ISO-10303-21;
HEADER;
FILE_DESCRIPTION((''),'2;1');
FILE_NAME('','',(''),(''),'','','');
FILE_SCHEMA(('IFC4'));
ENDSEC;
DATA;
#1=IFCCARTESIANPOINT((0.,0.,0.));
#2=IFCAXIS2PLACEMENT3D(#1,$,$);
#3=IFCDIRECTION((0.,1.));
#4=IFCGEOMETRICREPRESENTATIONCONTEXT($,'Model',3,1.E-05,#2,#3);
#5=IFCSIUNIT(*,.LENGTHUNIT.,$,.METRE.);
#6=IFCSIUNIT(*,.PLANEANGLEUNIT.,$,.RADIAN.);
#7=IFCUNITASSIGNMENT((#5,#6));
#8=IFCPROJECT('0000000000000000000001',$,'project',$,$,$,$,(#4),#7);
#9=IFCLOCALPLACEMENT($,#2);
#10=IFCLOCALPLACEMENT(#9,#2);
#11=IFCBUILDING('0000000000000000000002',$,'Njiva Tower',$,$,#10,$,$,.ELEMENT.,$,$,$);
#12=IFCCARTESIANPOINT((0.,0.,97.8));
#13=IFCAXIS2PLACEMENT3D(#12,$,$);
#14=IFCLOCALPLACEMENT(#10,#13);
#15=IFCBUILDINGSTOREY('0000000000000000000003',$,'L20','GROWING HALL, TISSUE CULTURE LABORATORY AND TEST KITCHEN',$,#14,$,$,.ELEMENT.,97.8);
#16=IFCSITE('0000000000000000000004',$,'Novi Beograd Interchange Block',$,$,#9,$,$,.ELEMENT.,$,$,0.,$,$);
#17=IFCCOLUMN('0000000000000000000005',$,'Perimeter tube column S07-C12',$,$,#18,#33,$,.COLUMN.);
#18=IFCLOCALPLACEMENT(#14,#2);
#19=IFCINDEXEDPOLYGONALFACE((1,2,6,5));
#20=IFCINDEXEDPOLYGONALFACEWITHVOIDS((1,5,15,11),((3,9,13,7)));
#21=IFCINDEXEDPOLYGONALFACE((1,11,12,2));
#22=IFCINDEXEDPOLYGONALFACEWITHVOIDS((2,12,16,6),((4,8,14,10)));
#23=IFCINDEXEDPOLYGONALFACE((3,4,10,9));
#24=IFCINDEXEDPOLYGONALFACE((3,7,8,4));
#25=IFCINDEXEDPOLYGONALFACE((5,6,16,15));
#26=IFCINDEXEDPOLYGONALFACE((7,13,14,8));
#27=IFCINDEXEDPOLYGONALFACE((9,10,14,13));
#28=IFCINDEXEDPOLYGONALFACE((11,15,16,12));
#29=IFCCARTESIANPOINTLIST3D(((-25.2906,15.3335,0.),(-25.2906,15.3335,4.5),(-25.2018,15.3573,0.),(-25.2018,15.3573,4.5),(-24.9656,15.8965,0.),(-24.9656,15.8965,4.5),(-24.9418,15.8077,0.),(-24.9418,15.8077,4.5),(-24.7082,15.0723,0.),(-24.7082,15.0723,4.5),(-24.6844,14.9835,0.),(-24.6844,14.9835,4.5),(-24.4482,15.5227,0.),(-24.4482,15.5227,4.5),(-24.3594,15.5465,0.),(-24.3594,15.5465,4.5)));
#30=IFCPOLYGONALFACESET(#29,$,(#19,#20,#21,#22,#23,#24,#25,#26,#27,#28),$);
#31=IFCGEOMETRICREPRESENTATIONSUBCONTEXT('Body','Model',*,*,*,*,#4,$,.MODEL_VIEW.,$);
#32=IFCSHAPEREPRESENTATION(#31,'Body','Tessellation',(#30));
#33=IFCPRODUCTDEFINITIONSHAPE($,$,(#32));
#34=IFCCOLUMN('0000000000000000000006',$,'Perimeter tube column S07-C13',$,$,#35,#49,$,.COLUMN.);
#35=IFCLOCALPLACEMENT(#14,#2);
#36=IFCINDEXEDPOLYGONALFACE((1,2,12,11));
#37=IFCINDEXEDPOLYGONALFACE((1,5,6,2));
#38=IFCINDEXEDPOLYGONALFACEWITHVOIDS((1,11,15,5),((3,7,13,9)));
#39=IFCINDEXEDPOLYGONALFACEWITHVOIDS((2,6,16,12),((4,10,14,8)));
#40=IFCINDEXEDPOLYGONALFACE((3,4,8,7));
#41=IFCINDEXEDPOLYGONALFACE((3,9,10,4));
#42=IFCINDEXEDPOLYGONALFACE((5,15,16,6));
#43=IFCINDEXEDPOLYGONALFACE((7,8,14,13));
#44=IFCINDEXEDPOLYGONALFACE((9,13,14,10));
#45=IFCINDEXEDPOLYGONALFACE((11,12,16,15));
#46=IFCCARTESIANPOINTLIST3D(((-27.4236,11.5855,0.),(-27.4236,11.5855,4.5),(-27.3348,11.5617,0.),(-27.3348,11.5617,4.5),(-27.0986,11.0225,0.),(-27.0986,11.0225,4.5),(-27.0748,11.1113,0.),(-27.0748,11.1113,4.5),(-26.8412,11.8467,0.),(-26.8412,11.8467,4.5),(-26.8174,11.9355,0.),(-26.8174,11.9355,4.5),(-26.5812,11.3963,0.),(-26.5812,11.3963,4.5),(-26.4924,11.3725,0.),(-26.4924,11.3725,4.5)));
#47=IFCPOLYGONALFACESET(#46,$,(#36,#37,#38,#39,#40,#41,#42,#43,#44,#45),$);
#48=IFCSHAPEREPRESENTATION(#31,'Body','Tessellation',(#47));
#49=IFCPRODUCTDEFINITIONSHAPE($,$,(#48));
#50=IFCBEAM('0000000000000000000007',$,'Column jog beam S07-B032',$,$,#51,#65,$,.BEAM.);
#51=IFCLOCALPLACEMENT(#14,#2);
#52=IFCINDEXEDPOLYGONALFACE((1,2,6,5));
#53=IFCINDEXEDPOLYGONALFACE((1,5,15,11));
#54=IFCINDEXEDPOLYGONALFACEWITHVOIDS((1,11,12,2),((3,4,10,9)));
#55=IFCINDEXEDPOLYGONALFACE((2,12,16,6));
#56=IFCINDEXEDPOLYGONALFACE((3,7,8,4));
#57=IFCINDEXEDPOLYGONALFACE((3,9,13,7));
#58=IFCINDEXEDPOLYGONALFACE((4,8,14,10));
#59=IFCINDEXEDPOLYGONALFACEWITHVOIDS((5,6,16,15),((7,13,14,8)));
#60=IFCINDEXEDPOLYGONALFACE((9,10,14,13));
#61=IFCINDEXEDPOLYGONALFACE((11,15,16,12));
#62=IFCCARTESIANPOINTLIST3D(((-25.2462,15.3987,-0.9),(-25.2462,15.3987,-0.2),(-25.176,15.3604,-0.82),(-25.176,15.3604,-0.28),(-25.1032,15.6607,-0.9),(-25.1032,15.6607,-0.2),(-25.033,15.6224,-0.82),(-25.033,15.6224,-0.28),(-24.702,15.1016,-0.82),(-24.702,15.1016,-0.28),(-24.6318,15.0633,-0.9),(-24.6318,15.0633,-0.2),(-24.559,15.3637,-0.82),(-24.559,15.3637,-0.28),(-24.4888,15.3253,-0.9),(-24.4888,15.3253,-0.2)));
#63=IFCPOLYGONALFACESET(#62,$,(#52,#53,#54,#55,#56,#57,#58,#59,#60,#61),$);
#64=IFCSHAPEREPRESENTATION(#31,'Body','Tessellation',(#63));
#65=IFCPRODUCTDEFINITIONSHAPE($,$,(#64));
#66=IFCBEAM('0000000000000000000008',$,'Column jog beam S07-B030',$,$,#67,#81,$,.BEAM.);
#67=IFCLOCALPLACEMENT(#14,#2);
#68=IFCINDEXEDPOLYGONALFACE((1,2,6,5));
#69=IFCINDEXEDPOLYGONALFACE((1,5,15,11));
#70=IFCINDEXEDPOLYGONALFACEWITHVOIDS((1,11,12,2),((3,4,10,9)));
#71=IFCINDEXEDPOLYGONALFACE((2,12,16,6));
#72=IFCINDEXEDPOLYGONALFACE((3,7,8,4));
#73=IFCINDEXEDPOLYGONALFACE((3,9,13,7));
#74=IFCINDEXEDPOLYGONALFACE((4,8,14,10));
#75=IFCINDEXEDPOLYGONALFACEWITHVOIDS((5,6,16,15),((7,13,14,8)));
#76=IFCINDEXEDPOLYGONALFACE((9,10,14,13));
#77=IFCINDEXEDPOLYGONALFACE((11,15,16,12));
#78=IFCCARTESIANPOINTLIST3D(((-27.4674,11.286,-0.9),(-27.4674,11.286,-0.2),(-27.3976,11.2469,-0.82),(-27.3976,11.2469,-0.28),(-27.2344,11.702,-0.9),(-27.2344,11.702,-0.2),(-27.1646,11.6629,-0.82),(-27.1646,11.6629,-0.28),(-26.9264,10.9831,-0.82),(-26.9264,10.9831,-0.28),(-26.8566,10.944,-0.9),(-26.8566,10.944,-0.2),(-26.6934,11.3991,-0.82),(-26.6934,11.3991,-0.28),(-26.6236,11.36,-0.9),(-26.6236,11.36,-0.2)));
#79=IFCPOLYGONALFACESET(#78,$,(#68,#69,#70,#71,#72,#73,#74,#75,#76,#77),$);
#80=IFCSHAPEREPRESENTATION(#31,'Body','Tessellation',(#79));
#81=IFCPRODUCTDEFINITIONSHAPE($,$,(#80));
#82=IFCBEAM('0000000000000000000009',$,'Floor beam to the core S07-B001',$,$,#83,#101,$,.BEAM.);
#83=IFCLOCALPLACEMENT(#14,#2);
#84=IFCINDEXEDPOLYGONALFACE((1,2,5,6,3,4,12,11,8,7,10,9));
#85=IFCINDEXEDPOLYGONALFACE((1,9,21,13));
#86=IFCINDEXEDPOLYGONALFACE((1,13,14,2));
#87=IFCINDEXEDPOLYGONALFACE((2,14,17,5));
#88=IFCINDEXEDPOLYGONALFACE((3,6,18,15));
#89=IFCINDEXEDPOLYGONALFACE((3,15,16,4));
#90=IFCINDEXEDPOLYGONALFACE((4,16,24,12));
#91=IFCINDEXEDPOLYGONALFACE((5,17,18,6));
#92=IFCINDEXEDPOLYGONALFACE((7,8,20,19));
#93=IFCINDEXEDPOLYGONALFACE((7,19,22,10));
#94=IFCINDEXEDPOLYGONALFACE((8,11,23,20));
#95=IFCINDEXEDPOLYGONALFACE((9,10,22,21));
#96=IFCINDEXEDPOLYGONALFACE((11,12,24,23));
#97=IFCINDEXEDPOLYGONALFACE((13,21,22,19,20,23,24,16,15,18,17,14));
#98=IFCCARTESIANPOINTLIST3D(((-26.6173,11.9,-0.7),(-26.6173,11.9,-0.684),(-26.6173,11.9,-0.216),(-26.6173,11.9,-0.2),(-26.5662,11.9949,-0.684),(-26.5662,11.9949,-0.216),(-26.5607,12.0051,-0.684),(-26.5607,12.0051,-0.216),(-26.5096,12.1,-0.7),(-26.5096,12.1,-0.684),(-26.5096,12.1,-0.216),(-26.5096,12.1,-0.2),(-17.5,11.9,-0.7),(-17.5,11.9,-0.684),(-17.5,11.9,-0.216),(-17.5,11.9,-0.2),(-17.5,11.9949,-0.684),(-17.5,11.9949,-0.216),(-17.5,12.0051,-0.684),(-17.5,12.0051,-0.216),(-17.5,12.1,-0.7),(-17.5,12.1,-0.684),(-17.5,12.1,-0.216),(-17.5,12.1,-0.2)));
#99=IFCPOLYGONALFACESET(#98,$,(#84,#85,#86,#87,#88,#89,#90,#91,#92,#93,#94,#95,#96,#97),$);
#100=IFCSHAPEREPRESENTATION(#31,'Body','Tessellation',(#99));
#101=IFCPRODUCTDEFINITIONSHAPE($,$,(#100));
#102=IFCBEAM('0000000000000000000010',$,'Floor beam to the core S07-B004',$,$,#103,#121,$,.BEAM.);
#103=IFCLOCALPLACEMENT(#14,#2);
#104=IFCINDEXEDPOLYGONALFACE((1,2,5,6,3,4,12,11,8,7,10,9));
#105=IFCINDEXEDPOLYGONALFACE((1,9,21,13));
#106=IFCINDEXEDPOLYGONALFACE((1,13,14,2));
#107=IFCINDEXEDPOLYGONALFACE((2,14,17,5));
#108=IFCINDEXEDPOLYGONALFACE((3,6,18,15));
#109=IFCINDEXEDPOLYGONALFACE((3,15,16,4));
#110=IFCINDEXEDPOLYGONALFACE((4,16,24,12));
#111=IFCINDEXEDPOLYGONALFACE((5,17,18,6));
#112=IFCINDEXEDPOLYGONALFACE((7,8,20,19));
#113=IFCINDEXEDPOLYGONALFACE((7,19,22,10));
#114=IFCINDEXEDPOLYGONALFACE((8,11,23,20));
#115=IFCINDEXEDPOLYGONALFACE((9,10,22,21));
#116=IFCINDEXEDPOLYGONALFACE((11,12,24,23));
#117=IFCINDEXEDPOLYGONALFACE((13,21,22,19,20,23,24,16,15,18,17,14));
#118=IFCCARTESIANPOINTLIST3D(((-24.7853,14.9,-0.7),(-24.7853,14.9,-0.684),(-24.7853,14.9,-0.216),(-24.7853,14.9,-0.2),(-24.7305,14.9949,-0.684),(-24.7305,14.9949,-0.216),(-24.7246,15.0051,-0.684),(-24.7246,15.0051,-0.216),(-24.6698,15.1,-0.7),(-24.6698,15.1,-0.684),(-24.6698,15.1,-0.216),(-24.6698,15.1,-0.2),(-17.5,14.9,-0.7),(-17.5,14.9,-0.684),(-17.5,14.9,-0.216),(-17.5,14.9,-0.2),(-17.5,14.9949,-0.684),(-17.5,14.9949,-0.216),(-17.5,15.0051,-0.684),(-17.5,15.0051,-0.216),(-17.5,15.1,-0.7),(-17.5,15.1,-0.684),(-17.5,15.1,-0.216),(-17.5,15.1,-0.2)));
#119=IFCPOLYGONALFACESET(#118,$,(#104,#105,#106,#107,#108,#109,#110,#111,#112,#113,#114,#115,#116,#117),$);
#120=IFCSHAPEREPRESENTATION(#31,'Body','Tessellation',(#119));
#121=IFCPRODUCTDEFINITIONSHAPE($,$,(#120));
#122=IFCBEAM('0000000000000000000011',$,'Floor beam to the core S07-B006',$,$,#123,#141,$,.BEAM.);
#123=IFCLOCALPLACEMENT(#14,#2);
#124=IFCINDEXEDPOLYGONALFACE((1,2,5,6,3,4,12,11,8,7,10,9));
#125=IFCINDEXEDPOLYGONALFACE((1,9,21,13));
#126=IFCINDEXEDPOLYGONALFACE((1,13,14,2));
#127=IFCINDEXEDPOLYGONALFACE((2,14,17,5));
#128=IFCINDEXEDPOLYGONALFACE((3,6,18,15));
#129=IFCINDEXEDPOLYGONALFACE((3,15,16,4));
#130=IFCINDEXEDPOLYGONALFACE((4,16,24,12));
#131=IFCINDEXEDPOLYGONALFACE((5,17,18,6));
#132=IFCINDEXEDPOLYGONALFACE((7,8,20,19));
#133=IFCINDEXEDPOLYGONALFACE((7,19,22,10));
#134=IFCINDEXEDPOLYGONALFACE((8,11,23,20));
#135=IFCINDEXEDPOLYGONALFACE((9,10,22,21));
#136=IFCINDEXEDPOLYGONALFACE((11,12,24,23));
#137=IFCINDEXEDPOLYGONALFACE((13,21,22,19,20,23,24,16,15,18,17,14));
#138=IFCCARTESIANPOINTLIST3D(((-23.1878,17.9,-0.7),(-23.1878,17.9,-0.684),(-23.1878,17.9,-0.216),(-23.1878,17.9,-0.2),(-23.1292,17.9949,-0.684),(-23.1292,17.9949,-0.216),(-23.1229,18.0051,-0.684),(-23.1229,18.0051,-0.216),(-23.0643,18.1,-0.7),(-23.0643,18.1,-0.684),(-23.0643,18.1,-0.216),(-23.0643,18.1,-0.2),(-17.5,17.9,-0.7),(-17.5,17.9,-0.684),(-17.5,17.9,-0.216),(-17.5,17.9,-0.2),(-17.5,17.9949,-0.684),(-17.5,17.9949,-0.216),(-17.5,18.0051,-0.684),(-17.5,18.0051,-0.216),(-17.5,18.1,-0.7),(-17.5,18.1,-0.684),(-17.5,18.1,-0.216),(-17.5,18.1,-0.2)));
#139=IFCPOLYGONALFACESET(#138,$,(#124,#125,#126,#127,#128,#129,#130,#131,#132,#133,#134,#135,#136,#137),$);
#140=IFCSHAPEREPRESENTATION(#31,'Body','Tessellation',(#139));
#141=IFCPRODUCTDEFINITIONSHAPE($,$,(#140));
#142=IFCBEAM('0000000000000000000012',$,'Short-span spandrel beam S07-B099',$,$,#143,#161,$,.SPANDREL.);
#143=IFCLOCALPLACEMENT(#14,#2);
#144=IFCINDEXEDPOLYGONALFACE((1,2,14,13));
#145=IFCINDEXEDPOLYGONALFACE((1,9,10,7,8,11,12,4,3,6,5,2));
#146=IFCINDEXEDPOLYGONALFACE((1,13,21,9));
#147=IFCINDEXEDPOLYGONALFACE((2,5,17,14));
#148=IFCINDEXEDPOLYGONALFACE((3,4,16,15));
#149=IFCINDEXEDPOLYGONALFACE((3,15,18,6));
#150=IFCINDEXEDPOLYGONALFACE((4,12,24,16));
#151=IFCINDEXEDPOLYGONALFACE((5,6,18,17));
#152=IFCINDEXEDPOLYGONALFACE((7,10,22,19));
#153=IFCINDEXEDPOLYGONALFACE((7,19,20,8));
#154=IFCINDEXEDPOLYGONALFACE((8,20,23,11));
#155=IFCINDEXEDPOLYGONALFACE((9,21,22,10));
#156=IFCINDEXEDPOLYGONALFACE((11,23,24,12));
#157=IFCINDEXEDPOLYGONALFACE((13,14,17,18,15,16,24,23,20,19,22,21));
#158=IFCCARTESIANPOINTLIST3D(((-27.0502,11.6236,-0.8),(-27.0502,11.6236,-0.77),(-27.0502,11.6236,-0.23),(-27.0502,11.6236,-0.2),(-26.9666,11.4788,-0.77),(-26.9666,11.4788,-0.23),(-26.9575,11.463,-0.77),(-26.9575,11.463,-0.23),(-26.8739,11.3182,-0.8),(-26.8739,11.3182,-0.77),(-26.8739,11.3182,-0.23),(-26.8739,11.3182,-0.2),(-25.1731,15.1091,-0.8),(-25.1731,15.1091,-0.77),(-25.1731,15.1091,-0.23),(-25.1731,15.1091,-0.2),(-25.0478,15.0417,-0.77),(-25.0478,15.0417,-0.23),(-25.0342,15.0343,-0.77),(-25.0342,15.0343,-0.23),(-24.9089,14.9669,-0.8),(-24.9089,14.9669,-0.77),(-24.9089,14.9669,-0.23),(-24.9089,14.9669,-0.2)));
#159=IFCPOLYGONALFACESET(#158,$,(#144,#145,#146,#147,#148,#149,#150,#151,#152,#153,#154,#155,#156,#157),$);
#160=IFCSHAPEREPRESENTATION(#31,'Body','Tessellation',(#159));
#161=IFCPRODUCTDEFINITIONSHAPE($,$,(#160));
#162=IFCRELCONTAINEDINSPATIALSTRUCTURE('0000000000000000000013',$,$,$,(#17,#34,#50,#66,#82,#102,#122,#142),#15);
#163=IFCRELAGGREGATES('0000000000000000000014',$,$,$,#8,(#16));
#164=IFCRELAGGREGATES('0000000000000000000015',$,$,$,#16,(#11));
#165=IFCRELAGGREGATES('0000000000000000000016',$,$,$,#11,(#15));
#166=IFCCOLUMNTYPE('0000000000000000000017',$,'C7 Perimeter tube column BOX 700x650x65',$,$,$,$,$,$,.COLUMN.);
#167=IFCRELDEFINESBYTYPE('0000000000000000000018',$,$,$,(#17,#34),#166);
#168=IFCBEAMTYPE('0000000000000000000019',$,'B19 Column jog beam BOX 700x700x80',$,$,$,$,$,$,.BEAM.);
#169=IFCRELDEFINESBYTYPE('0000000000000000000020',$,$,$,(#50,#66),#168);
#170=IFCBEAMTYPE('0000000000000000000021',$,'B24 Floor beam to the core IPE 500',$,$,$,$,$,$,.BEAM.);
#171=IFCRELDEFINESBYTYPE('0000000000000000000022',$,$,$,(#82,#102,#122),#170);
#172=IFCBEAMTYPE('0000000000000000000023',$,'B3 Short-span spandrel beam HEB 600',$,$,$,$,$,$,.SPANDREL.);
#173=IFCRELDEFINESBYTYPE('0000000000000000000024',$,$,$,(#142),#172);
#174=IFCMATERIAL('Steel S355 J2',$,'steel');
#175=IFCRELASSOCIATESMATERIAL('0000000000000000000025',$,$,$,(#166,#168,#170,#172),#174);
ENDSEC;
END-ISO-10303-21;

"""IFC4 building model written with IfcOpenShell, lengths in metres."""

from ifc_helpers import new_model, si_unit, direction, frame, origin, origin_2d, place, context, subcontext, project, spatial, hollow_rectangle, i_section, extrude, clip, halfspace, material, material_profile, profile_set, type_object, element, save


model = new_model("IFC4")

# Units and contexts
model_context = context("Model", 3, precision=1e-05, world=origin(), true_north=direction((0.0, 1.0)))
body_context = subcontext(model_context, "Body", "Model", "MODEL_VIEW")
ifc_project = project(units=[si_unit("LENGTHUNIT", "METRE"), si_unit("PLANEANGLEUNIT", "RADIAN")], contexts=[model_context])

# Site, building, storey
site_placement = place(None, origin())
site = spatial("IfcSite", under=ifc_project, at=site_placement, Name="Novi Beograd Interchange Block", CompositionType="ELEMENT", RefElevation=0.0)
building_placement = place(site_placement, origin())
building = spatial("IfcBuilding", under=site, at=building_placement, Name="Njiva Tower", CompositionType="ELEMENT")
storey_placement = place(building_placement, frame((0.0, 0.0, 97.8)))
storey = spatial("IfcBuildingStorey", under=building, at=storey_placement, Name="L20", Description="GROWING HALL, TISSUE CULTURE LABORATORY AND TEST KITCHEN", CompositionType="ELEMENT", Elevation=97.8)

# Columns
ifc_material_1 = material(Name="Steel S355 J2", Category="steel")
ifc_material_profile_1 = material_profile(ifc_material_1, hollow_rectangle(XDim=0.65, YDim=0.7, WallThickness=0.065, at=origin_2d()), Name="BOX 700x650x65")
ifc_profile_set_1 = profile_set([ifc_material_profile_1], Name="Steel S355 J2")
column_type = type_object("IfcColumnType", Name="C7 Perimeter tube column BOX 700x650x65", PredefinedType="COLUMN", material=ifc_profile_set_1)
for number, where, z_axis, x_axis, name in (
    (1, (-24.825, 15.44, 0.0), (0.0, 0.0, 1.0), (-0.5, -0.866025, 0.0), "Perimeter tube column S07-C12"),
    (2, (-26.958, 11.479, 0.0), (0.0, 0.0, 1.0), (0.5, -0.866025, 0.0), "Perimeter tube column S07-C13"),
):
    element("IfcColumn", number, at=place(storey_placement, frame(where, z_axis=z_axis, x_axis=x_axis)), inside=storey, type_object=column_type, Name=name, PredefinedType="COLUMN", context=body_context, shape_type="SweptSolid", body=[
        extrude(hollow_rectangle(XDim=0.65, YDim=0.7, WallThickness=0.065, at=origin_2d()), origin(), (0.0, 0.0, 1.0), 4.5),
    ])

# Beams
ifc_material_profile_2 = material_profile(ifc_material_1, hollow_rectangle(XDim=0.7, YDim=0.7, WallThickness=0.08, at=origin_2d()), Name="BOX 700x700x80")
ifc_profile_set_2 = profile_set([ifc_material_profile_2], Name="Steel S355 J2")
beam_type_1 = type_object("IfcBeamType", Name="B19 Column jog beam BOX 700x700x80", PredefinedType="BEAM", material=ifc_profile_set_2)
beam_1_placement = place(storey_placement, frame((-24.939, 15.231, -0.55), z_axis=(0.479087, 0.877768, 0.0), x_axis=(-0.877768, 0.479087, 0.0)))
element("IfcBeam", 3, at=beam_1_placement, inside=storey, type_object=beam_type_1, Name="Column jog beam S07-B032", PredefinedType="BEAM", context=body_context, shape_type="SweptSolid", body=[
    extrude(hollow_rectangle(XDim=0.7, YDim=0.7, WallThickness=0.08, at=origin_2d()), origin(), (0.0, 0.0, 1.0), 0.2985),
])
beam_2_placement = place(storey_placement, frame((-27.162, 11.115, -0.55), z_axis=(0.488667, 0.87247, 0.0), x_axis=(-0.87247, 0.488667, 0.0)))
element("IfcBeam", 4, at=beam_2_placement, inside=storey, type_object=beam_type_1, Name="Column jog beam S07-B030", PredefinedType="BEAM", context=body_context, shape_type="SweptSolid", body=[
    extrude(hollow_rectangle(XDim=0.7, YDim=0.7, WallThickness=0.08, at=origin_2d()), origin(), (0.0, 0.0, 1.0), 0.4768),
])
ifc_material_profile_3 = material_profile(ifc_material_1, i_section(OverallWidth=0.2, OverallDepth=0.5, WebThickness=0.0102, FlangeThickness=0.016, at=origin_2d()), Name="IPE 500")
ifc_profile_set_3 = profile_set([ifc_material_profile_3], Name="Steel S355 J2")
beam_type_2 = type_object("IfcBeamType", Name="B24 Floor beam to the core IPE 500", PredefinedType="BEAM", material=ifc_profile_set_3)
beam_3_placement = place(storey_placement, frame((-26.637, 12.0, -0.45), z_axis=(1.0, 0.0, 0.0), x_axis=(0.0, 1.0, 0.0)))
element("IfcBeam", 5, at=beam_3_placement, inside=storey, type_object=beam_type_2, Name="Floor beam to the core S07-B001", PredefinedType="BEAM", context=body_context, shape_type="Clipping", body=[
    clip(extrude(i_section(OverallWidth=0.2, OverallDepth=0.5, WebThickness=0.0102, FlangeThickness=0.016, at=origin_2d()), origin(), (0.0, 0.0, 1.0), 9.137), halfspace(frame((0.0237, 0.0, 0.0863), z_axis=(0.474152, 0.0, -0.880443), x_axis=(0.0, -1.0, 0.0)), False)),
])
beam_4_placement = place(storey_placement, frame((-24.806, 15.0, -0.45), z_axis=(1.0, 0.0, 0.0), x_axis=(0.0, 1.0, 0.0)))
element("IfcBeam", 6, at=beam_4_placement, inside=storey, type_object=beam_type_2, Name="Floor beam to the core S07-B004", PredefinedType="BEAM", context=body_context, shape_type="Clipping", body=[
    clip(extrude(i_section(OverallWidth=0.2, OverallDepth=0.5, WebThickness=0.0102, FlangeThickness=0.016, at=origin_2d()), origin(), (0.0, 0.0, 1.0), 7.306), halfspace(frame((0.025, 0.0, 0.0929), z_axis=(0.499998, 0.0, -0.866027), x_axis=(0.0, -1.0, 0.0)), False)),
])
beam_5_placement = place(storey_placement, frame((-23.208, 18.0, -0.45), z_axis=(1.0, 0.0, 0.0), x_axis=(0.0, 1.0, 0.0)))
element("IfcBeam", 7, at=beam_5_placement, inside=storey, type_object=beam_type_2, Name="Floor beam to the core S07-B006", PredefinedType="BEAM", context=body_context, shape_type="Clipping", body=[
    clip(extrude(i_section(OverallWidth=0.2, OverallDepth=0.5, WebThickness=0.0102, FlangeThickness=0.016, at=origin_2d()), origin(), (0.0, 0.0, 1.0), 5.708), halfspace(frame((0.0263, 0.0, 0.0982), z_axis=(0.52541, 0.0, -0.850849), x_axis=(0.0, -1.0, 0.0)), False)),
])
ifc_material_profile_4 = material_profile(ifc_material_1, i_section(OverallWidth=0.3, OverallDepth=0.6, WebThickness=0.0155, FlangeThickness=0.03, at=origin_2d()), Name="HEB 600")
ifc_profile_set_4 = profile_set([ifc_material_profile_4], Name="Steel S355 J2")
beam_type_3 = type_object("IfcBeamType", Name="B3 Short-span spandrel beam HEB 600", PredefinedType="SPANDREL", material=ifc_profile_set_4)
beam_6_placement = place(storey_placement, frame((-25.041, 15.038, -0.5), z_axis=(-0.474159, -0.880439, 0.0), x_axis=(0.880439, -0.474159, 0.0)))
element("IfcBeam", 8, at=beam_6_placement, inside=storey, type_object=beam_type_3, Name="Short-span spandrel beam S07-B099", PredefinedType="SPANDREL", context=body_context, shape_type="Clipping", body=[
    clip(extrude(i_section(OverallWidth=0.3, OverallDepth=0.6, WebThickness=0.0155, FlangeThickness=0.03, at=origin_2d()), origin(), (0.0, 0.0, 1.0), 4.1644), halfspace(frame((-0.0262, 0.0, 4.0353), z_axis=(-0.525405, 0.0, 0.850852), x_axis=(0.0, 1.0, 0.0)), False)),
])

save(model, "model.ifc")
